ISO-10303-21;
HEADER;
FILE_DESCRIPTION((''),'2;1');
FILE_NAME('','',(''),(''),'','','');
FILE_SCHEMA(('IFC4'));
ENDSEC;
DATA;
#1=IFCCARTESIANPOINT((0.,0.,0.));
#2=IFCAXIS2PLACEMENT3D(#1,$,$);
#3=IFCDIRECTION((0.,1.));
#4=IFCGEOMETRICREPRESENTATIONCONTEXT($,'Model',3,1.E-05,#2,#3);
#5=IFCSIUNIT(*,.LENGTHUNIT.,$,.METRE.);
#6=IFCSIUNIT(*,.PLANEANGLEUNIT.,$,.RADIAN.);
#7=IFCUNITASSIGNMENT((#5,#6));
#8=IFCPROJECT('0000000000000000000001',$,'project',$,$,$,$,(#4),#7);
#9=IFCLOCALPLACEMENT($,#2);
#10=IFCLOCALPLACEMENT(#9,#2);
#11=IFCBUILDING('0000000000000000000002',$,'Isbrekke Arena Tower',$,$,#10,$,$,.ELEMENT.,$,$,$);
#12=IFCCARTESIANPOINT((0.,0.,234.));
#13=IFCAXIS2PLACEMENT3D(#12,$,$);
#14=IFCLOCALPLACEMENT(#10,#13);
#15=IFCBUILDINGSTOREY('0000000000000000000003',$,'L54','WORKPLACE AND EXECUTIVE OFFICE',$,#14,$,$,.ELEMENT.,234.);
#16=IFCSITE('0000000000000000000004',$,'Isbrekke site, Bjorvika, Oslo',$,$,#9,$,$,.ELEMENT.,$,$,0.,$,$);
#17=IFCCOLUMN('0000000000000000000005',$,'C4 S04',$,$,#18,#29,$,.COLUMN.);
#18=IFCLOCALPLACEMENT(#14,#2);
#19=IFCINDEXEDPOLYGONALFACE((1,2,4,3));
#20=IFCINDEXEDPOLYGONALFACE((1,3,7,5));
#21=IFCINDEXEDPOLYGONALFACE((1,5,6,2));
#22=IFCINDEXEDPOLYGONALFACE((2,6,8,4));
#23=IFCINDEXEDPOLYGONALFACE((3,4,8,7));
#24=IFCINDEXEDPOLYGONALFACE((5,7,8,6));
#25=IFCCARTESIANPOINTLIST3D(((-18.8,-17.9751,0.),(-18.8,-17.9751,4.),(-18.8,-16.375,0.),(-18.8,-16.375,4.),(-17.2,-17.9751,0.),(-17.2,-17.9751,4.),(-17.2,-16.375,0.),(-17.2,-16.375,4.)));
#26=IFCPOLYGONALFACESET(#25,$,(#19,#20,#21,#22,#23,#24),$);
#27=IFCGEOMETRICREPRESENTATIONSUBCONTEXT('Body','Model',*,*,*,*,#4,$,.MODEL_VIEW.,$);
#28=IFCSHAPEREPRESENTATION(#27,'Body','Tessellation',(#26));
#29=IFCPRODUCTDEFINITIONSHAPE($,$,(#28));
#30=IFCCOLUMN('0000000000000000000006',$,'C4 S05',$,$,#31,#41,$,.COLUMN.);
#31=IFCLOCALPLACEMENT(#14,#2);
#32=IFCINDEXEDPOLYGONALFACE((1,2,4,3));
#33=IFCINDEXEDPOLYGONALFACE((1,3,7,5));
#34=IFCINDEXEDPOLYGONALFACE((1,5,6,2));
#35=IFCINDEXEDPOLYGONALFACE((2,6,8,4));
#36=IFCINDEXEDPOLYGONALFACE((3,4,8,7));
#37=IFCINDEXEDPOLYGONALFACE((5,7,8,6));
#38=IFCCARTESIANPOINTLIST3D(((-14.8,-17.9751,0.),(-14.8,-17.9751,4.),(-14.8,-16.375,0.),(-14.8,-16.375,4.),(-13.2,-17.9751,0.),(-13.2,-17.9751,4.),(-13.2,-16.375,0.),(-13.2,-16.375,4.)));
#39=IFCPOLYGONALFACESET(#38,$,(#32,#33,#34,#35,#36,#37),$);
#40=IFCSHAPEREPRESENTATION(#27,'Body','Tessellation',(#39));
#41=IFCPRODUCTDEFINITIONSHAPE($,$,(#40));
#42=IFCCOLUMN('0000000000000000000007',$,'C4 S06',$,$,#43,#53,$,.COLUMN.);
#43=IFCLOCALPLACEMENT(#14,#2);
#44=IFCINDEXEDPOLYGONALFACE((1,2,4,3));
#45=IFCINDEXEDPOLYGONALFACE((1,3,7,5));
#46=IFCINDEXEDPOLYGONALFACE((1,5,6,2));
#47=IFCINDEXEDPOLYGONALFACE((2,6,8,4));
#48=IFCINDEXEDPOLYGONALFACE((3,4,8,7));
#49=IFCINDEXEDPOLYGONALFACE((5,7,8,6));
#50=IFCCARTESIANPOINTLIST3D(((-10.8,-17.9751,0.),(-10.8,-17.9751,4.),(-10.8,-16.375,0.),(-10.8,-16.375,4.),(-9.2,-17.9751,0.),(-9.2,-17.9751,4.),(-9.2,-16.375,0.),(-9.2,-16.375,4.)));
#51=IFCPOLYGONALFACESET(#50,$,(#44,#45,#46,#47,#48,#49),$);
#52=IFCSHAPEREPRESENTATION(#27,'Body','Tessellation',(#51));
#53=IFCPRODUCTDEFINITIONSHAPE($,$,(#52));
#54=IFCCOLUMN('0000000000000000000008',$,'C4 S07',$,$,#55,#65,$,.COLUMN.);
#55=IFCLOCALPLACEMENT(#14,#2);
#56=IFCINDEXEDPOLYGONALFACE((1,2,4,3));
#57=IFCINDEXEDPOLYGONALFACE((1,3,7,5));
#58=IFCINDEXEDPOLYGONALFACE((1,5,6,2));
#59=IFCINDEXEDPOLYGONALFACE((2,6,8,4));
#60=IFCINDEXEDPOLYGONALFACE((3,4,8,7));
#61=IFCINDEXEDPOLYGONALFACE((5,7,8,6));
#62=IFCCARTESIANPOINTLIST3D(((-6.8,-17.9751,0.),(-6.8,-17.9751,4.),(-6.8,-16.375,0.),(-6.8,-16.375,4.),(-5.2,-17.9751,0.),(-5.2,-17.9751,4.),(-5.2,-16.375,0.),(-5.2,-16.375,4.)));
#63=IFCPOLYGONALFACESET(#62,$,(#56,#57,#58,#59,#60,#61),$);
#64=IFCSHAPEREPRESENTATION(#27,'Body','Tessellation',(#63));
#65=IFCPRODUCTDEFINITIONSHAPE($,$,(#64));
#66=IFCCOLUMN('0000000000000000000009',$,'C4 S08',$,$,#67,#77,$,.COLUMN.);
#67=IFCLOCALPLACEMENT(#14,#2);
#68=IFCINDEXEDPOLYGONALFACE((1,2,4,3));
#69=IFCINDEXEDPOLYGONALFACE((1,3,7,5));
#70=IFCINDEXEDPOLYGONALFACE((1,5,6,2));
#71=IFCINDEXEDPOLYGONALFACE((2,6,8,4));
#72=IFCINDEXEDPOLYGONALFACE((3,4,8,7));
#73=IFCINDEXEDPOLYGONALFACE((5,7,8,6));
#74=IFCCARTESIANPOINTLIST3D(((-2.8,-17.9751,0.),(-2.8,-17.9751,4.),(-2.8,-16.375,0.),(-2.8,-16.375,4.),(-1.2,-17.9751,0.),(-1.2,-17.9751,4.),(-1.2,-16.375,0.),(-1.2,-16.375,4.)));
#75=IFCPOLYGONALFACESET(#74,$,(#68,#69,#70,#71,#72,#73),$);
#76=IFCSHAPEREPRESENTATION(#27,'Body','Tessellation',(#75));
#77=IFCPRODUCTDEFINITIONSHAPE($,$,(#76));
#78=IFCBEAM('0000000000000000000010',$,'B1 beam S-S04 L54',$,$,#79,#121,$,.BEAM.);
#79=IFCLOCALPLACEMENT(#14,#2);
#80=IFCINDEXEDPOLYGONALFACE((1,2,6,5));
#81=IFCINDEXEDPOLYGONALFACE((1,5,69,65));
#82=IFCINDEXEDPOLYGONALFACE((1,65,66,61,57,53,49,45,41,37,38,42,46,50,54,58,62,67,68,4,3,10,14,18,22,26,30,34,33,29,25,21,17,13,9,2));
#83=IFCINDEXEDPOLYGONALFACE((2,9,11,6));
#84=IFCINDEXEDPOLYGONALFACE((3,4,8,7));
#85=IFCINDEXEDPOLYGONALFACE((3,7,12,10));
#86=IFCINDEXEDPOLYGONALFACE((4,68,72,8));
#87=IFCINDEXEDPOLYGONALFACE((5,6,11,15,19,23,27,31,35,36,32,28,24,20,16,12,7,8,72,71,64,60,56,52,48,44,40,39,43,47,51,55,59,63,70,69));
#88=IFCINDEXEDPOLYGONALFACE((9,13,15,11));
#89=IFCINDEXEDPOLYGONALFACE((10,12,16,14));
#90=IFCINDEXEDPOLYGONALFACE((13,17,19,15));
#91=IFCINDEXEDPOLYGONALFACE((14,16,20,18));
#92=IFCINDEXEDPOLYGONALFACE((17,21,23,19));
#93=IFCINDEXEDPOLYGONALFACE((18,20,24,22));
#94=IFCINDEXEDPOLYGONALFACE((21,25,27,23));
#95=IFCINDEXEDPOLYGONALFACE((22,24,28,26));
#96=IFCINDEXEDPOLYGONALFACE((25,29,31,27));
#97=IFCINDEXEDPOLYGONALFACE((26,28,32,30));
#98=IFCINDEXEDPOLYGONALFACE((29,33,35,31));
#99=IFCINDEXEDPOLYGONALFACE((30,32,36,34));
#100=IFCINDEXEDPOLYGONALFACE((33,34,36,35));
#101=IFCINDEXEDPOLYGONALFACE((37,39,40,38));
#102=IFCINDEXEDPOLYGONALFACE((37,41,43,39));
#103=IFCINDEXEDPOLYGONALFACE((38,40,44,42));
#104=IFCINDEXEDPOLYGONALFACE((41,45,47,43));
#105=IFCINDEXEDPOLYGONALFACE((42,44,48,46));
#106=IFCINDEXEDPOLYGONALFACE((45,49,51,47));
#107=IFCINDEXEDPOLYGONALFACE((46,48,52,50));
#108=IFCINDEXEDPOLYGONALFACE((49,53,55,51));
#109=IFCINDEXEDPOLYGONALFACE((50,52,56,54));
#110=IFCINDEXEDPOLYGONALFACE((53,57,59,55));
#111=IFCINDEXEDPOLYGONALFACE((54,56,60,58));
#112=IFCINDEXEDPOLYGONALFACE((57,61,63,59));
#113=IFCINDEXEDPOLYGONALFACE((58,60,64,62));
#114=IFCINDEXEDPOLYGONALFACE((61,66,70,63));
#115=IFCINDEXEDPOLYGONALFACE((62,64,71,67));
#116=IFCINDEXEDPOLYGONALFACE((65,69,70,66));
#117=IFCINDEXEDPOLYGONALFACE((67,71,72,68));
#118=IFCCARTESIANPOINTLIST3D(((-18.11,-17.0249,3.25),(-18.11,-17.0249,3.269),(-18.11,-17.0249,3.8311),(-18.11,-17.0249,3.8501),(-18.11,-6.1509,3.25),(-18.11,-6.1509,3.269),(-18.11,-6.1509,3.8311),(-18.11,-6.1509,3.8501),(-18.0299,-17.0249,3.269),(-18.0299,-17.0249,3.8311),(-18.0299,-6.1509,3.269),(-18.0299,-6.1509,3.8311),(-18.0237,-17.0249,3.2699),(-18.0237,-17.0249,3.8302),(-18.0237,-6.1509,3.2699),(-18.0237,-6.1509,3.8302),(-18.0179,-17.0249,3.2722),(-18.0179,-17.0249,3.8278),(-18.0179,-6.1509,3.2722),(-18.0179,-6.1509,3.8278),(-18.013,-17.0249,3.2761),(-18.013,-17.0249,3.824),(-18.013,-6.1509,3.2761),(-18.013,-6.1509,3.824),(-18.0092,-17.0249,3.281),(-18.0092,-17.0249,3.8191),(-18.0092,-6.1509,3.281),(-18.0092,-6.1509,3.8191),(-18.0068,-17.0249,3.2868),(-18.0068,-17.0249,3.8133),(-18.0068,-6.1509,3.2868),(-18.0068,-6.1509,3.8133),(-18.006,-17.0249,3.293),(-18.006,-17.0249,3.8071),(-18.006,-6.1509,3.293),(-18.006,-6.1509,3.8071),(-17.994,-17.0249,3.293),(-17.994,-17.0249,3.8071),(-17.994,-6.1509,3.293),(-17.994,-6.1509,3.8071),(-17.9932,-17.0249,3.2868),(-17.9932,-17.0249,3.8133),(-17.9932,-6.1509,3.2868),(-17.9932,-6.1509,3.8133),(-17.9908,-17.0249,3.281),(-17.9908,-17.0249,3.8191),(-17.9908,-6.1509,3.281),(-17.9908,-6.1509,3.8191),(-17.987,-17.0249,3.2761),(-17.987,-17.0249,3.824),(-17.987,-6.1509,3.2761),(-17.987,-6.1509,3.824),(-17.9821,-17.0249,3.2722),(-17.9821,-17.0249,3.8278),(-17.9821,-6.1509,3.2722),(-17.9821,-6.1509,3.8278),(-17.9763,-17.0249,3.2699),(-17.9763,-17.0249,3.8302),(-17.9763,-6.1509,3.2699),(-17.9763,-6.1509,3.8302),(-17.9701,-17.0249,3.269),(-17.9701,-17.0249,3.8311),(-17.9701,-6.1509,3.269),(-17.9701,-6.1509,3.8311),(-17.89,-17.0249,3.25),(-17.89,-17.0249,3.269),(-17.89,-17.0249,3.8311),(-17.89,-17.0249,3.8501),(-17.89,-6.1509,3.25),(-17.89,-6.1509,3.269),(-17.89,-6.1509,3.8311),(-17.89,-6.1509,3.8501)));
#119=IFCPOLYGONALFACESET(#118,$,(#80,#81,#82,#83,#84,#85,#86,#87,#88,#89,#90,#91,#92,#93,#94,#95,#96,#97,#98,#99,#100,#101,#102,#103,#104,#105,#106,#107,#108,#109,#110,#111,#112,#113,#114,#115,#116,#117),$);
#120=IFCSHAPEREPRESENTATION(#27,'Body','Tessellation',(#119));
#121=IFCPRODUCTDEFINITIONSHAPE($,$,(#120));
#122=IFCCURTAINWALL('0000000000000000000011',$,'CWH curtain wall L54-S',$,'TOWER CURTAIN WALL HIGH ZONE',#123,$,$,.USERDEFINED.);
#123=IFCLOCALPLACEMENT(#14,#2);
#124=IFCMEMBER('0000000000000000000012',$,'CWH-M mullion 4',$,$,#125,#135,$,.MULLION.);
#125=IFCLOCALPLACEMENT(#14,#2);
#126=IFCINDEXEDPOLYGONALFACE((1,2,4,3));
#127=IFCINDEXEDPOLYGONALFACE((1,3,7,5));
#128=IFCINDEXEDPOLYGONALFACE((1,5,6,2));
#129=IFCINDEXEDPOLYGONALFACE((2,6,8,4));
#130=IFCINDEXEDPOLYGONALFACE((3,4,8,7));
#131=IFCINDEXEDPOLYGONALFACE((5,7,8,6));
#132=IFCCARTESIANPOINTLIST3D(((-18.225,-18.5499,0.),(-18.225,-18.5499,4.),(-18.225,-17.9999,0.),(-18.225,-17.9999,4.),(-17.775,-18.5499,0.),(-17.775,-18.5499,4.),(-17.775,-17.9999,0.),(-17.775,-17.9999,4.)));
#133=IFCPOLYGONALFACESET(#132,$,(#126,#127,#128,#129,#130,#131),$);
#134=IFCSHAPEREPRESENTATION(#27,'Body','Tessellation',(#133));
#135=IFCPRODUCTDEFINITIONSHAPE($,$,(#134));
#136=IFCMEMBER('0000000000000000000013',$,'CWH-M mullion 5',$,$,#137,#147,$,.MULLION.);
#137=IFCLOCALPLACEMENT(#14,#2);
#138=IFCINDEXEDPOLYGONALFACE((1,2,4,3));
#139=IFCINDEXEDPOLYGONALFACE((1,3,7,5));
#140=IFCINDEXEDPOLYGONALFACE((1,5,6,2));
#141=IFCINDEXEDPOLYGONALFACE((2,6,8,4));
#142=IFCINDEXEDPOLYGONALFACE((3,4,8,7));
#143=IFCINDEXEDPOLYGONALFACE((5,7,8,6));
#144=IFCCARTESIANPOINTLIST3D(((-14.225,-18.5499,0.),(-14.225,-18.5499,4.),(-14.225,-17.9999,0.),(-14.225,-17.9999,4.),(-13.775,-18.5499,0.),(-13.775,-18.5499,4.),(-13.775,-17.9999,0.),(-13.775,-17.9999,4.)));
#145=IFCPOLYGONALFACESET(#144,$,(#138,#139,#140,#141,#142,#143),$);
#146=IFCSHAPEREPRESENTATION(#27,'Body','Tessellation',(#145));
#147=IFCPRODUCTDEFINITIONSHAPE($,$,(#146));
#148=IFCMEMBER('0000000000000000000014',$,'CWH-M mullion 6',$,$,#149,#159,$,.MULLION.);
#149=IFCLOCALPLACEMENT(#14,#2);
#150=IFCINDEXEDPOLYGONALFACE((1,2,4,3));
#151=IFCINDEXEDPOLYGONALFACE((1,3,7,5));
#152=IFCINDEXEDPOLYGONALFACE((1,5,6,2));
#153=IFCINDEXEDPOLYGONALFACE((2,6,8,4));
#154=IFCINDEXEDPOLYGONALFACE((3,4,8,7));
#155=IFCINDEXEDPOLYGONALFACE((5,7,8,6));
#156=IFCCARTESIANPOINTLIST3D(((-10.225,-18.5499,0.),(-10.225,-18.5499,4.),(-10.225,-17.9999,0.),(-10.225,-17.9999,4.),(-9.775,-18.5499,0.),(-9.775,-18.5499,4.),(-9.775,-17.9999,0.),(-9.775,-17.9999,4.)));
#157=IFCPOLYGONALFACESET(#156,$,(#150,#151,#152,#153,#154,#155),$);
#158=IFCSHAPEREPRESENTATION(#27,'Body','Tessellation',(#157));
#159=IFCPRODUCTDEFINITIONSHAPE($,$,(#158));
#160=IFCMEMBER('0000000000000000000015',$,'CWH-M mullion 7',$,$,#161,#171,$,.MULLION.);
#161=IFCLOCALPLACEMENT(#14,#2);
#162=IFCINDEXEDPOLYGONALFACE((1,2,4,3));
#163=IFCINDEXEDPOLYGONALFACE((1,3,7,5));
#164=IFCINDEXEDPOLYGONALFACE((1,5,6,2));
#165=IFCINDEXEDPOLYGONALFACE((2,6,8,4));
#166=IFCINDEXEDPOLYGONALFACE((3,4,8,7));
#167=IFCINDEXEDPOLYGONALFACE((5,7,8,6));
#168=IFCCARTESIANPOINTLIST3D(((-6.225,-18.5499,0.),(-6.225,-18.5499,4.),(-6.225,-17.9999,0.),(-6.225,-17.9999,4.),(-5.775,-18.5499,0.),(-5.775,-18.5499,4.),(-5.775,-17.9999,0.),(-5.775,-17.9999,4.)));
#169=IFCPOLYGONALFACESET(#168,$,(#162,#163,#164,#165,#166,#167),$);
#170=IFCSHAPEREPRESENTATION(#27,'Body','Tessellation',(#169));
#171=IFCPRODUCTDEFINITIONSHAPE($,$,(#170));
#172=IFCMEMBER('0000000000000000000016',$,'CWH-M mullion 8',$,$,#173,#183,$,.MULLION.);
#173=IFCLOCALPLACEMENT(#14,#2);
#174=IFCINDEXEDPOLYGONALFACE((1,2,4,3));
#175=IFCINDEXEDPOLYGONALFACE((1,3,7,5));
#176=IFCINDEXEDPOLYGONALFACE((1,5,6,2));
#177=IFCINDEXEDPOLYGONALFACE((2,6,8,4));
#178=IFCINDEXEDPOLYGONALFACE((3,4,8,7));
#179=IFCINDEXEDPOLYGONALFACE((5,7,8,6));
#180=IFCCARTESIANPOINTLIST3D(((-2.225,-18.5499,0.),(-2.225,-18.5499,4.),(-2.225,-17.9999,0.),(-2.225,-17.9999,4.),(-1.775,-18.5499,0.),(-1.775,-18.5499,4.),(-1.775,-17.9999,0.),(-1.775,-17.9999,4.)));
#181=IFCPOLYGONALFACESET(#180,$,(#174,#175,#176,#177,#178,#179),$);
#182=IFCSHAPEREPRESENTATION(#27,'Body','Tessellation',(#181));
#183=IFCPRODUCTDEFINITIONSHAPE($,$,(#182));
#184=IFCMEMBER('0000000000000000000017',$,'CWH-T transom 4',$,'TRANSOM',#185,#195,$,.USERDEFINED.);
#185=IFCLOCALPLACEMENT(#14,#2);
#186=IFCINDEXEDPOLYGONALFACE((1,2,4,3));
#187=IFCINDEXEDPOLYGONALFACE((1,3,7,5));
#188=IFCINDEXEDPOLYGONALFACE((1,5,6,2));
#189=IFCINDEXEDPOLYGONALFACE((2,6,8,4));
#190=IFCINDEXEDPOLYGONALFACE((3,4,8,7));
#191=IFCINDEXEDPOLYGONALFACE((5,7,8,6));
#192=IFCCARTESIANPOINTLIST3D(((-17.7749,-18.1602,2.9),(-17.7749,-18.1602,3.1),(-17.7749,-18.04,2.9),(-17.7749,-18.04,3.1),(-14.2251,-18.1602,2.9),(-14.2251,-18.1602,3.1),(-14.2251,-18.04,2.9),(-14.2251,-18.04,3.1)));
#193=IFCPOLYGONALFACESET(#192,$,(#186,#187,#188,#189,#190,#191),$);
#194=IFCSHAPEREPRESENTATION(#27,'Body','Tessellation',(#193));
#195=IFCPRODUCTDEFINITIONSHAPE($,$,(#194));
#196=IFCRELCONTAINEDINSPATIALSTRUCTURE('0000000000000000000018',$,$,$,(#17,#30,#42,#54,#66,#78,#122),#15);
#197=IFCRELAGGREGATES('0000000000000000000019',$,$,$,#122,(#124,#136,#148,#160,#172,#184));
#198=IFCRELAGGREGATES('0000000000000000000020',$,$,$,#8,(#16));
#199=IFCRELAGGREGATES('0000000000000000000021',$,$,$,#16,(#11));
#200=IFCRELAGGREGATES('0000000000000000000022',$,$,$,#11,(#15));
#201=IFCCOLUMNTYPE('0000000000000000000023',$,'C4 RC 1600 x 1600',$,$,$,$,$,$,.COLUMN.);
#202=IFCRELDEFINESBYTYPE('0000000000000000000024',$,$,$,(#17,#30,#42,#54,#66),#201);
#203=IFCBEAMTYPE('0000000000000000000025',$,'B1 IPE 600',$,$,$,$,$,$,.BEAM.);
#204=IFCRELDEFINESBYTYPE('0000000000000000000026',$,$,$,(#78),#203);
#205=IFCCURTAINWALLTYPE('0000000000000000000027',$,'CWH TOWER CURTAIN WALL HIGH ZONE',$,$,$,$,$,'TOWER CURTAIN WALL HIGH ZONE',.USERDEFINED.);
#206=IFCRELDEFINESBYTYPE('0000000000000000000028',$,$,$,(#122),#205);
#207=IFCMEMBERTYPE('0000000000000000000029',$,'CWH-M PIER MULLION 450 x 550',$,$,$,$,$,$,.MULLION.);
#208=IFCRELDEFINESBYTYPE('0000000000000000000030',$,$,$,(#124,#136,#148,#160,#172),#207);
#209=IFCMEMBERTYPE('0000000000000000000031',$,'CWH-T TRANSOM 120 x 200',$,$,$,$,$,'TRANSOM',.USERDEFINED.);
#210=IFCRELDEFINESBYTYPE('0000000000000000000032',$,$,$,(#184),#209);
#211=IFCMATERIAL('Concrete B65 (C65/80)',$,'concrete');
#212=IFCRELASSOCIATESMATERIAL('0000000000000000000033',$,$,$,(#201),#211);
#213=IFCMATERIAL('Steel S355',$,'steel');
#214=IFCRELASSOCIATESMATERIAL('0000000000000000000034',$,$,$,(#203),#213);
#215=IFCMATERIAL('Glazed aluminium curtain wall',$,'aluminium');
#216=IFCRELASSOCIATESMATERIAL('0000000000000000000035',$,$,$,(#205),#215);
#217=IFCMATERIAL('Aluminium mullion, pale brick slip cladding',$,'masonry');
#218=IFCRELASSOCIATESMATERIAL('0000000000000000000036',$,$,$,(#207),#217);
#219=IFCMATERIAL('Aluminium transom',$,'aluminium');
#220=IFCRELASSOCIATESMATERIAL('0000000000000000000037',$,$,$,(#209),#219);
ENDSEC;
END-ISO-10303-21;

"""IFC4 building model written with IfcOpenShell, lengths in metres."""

from ifc_helpers import new_model, si_unit, direction, frame, origin, origin_2d, place, context, subcontext, project, spatial, rectangle, i_section, extrude, material, material_profile, profile_set, type_object, element, aggregate, save


model = new_model("IFC4")

# Units and contexts
model_context = context("Model", 3, precision=1e-05, world=origin(), true_north=direction((0.0, 1.0)))
body_context = subcontext(model_context, "Body", "Model", "MODEL_VIEW")
ifc_project = project(units=[si_unit("LENGTHUNIT", "METRE"), si_unit("PLANEANGLEUNIT", "RADIAN")], contexts=[model_context])

# Site, building, storey
site_placement = place(None, origin())
site = spatial("IfcSite", under=ifc_project, at=site_placement, Name="Isbrekke site, Bjorvika, Oslo", CompositionType="ELEMENT", RefElevation=0.0)
building_placement = place(site_placement, origin())
building = spatial("IfcBuilding", under=site, at=building_placement, Name="Isbrekke Arena Tower", CompositionType="ELEMENT")
storey_placement = place(building_placement, frame((0.0, 0.0, 234.0)))
storey = spatial("IfcBuildingStorey", under=building, at=storey_placement, Name="L54", Description="WORKPLACE AND EXECUTIVE OFFICE", CompositionType="ELEMENT", Elevation=234.0)

# Columns
ifc_material_1 = material(Name="Concrete B65 (C65/80)", Category="concrete")
ifc_material_profile_1 = material_profile(ifc_material_1, rectangle(XDim=1.6001, YDim=1.6001, at=origin_2d()), Name="RC 1600x1600")
ifc_profile_set_1 = profile_set([ifc_material_profile_1], Name="Concrete B65 (C65/80)")
column_type = type_object("IfcColumnType", Name="C4 RC 1600 x 1600", PredefinedType="COLUMN", material=ifc_profile_set_1)
for number, where, z_axis, x_axis, name in (
    (1, (-18.0, -17.175, 0.0), (0.0, 0.0, 1.0), (1.0, 0.0, 0.0), "C4 S04"),
    (2, (-14.0, -17.175, 0.0), (0.0, 0.0, 1.0), (1.0, 0.0, 0.0), "C4 S05"),
    (3, (-10.0, -17.175, 0.0), (0.0, 0.0, 1.0), (1.0, 0.0, 0.0), "C4 S06"),
    (4, (-6.0, -17.175, 0.0), (0.0, 0.0, 1.0), (1.0, 0.0, 0.0), "C4 S07"),
    (5, (-2.0, -17.175, 0.0), (0.0, 0.0, 1.0), (1.0, 0.0, 0.0), "C4 S08"),
):
    element("IfcColumn", number, at=place(storey_placement, frame(where, z_axis=z_axis, x_axis=x_axis)), inside=storey, type_object=column_type, Name=name, PredefinedType="COLUMN", context=body_context, shape_type="SweptSolid", body=[
        extrude(rectangle(XDim=1.6001, YDim=1.6001, at=origin_2d()), origin(), (0.0, 0.0, 1.0), 4.0),
    ])

# Beam
ifc_material_2 = material(Name="Steel S355", Category="steel")
ifc_material_profile_2 = material_profile(ifc_material_2, i_section(OverallWidth=0.22, OverallDepth=0.6001, WebThickness=0.012, FlangeThickness=0.019, FilletRadius=0.0239, at=origin_2d()), Name="IPE 600")
ifc_profile_set_2 = profile_set([ifc_material_profile_2], Name="Steel S355")
beam_type_1 = type_object("IfcBeamType", Name="B1 IPE 600", PredefinedType="BEAM", material=ifc_profile_set_2)
beam_placement = place(storey_placement, frame((-18.0, -17.0249, 3.55), z_axis=(0.0, 1.0, 0.0), x_axis=(-1.0, 0.0, 0.0)))
element("IfcBeam", 6, at=beam_placement, inside=storey, type_object=beam_type_1, Name="B1 beam S-S04 L54", PredefinedType="BEAM", context=body_context, shape_type="SweptSolid", body=[
    extrude(i_section(OverallWidth=0.22, OverallDepth=0.6001, WebThickness=0.012, FlangeThickness=0.019, FilletRadius=0.0239, at=origin_2d()), origin(), (0.0, 0.0, 1.0), 10.874),
])

# Curtain wall, members
ifc_material_3 = material(Name="Glazed aluminium curtain wall", Category="aluminium")
curtain_wall_type = type_object("IfcCurtainWallType", Name="CWH TOWER CURTAIN WALL HIGH ZONE", ElementType="TOWER CURTAIN WALL HIGH ZONE", PredefinedType="USERDEFINED", material=ifc_material_3)
curtain_wall_placement = place(storey_placement, origin())
curtain_wall = element("IfcCurtainWall", 7, at=curtain_wall_placement, inside=storey, type_object=curtain_wall_type, Name="CWH curtain wall L54-S", ObjectType="TOWER CURTAIN WALL HIGH ZONE", PredefinedType="USERDEFINED")
ifc_material_4 = material(Name="Aluminium mullion, pale brick slip cladding", Category="masonry")
ifc_material_profile_3 = material_profile(ifc_material_4, rectangle(XDim=0.45, YDim=0.55, at=origin_2d()), Name="PIER 450X550")
ifc_profile_set_3 = profile_set([ifc_material_profile_3], Name="Aluminium mullion, pale brick slip cladding")
member_type_1 = type_object("IfcMemberType", Name="CWH-M PIER MULLION 450 x 550", PredefinedType="MULLION", material=ifc_profile_set_3)
member_1_placement = place(storey_placement, frame((-18.0, -18.2749, 0.0), z_axis=(0.0, 0.0, 1.0), x_axis=(1.0, 0.0, 0.0)))
member_1 = element("IfcMember", 8, at=member_1_placement, type_object=member_type_1, Name="CWH-M mullion 4", PredefinedType="MULLION", context=body_context, shape_type="SweptSolid", body=[
    extrude(rectangle(XDim=0.45, YDim=0.55, at=origin_2d()), origin(), (0.0, 0.0, 1.0), 4.0),
])
member_2_placement = place(storey_placement, frame((-14.0, -18.2749, 0.0), z_axis=(0.0, 0.0, 1.0), x_axis=(1.0, 0.0, 0.0)))
member_2 = element("IfcMember", 9, at=member_2_placement, type_object=member_type_1, Name="CWH-M mullion 5", PredefinedType="MULLION", context=body_context, shape_type="SweptSolid", body=[
    extrude(rectangle(XDim=0.45, YDim=0.55, at=origin_2d()), origin(), (0.0, 0.0, 1.0), 4.0),
])
member_3_placement = place(storey_placement, frame((-10.0, -18.2749, 0.0), z_axis=(0.0, 0.0, 1.0), x_axis=(1.0, 0.0, 0.0)))
member_3 = element("IfcMember", 10, at=member_3_placement, type_object=member_type_1, Name="CWH-M mullion 6", PredefinedType="MULLION", context=body_context, shape_type="SweptSolid", body=[
    extrude(rectangle(XDim=0.45, YDim=0.55, at=origin_2d()), origin(), (0.0, 0.0, 1.0), 4.0),
])
member_4_placement = place(storey_placement, frame((-6.0, -18.2749, 0.0), z_axis=(0.0, 0.0, 1.0), x_axis=(1.0, 0.0, 0.0)))
member_4 = element("IfcMember", 11, at=member_4_placement, type_object=member_type_1, Name="CWH-M mullion 7", PredefinedType="MULLION", context=body_context, shape_type="SweptSolid", body=[
    extrude(rectangle(XDim=0.45, YDim=0.55, at=origin_2d()), origin(), (0.0, 0.0, 1.0), 4.0),
])
member_5_placement = place(storey_placement, frame((-2.0, -18.2749, 0.0), z_axis=(0.0, 0.0, 1.0), x_axis=(1.0, 0.0, 0.0)))
member_5 = element("IfcMember", 12, at=member_5_placement, type_object=member_type_1, Name="CWH-M mullion 8", PredefinedType="MULLION", context=body_context, shape_type="SweptSolid", body=[
    extrude(rectangle(XDim=0.45, YDim=0.55, at=origin_2d()), origin(), (0.0, 0.0, 1.0), 4.0),
])
ifc_material_5 = material(Name="Aluminium transom", Category="aluminium")
ifc_material_profile_4 = material_profile(ifc_material_5, rectangle(XDim=0.1201, YDim=0.2, at=origin_2d()), Name="TRANSOM 120X200")
ifc_profile_set_4 = profile_set([ifc_material_profile_4], Name="Aluminium transom")
member_type_2 = type_object("IfcMemberType", Name="CWH-T TRANSOM 120 x 200", ElementType="TRANSOM", PredefinedType="USERDEFINED", material=ifc_profile_set_4)
member_6_placement = place(storey_placement, frame((-17.7749, -18.1001, 3.0), z_axis=(1.0, 0.0, 0.0), x_axis=(0.0, 1.0, 0.0)))
member_6 = element("IfcMember", 13, at=member_6_placement, type_object=member_type_2, Name="CWH-T transom 4", ObjectType="TRANSOM", PredefinedType="USERDEFINED", context=body_context, shape_type="SweptSolid", body=[
    extrude(rectangle(XDim=0.1201, YDim=0.2, at=origin_2d()), origin(), (0.0, 0.0, 1.0), 3.5498),
])

aggregate(curtain_wall, [member_1, member_2, member_3, member_4, member_5, member_6])

save(model, "model.ifc")
